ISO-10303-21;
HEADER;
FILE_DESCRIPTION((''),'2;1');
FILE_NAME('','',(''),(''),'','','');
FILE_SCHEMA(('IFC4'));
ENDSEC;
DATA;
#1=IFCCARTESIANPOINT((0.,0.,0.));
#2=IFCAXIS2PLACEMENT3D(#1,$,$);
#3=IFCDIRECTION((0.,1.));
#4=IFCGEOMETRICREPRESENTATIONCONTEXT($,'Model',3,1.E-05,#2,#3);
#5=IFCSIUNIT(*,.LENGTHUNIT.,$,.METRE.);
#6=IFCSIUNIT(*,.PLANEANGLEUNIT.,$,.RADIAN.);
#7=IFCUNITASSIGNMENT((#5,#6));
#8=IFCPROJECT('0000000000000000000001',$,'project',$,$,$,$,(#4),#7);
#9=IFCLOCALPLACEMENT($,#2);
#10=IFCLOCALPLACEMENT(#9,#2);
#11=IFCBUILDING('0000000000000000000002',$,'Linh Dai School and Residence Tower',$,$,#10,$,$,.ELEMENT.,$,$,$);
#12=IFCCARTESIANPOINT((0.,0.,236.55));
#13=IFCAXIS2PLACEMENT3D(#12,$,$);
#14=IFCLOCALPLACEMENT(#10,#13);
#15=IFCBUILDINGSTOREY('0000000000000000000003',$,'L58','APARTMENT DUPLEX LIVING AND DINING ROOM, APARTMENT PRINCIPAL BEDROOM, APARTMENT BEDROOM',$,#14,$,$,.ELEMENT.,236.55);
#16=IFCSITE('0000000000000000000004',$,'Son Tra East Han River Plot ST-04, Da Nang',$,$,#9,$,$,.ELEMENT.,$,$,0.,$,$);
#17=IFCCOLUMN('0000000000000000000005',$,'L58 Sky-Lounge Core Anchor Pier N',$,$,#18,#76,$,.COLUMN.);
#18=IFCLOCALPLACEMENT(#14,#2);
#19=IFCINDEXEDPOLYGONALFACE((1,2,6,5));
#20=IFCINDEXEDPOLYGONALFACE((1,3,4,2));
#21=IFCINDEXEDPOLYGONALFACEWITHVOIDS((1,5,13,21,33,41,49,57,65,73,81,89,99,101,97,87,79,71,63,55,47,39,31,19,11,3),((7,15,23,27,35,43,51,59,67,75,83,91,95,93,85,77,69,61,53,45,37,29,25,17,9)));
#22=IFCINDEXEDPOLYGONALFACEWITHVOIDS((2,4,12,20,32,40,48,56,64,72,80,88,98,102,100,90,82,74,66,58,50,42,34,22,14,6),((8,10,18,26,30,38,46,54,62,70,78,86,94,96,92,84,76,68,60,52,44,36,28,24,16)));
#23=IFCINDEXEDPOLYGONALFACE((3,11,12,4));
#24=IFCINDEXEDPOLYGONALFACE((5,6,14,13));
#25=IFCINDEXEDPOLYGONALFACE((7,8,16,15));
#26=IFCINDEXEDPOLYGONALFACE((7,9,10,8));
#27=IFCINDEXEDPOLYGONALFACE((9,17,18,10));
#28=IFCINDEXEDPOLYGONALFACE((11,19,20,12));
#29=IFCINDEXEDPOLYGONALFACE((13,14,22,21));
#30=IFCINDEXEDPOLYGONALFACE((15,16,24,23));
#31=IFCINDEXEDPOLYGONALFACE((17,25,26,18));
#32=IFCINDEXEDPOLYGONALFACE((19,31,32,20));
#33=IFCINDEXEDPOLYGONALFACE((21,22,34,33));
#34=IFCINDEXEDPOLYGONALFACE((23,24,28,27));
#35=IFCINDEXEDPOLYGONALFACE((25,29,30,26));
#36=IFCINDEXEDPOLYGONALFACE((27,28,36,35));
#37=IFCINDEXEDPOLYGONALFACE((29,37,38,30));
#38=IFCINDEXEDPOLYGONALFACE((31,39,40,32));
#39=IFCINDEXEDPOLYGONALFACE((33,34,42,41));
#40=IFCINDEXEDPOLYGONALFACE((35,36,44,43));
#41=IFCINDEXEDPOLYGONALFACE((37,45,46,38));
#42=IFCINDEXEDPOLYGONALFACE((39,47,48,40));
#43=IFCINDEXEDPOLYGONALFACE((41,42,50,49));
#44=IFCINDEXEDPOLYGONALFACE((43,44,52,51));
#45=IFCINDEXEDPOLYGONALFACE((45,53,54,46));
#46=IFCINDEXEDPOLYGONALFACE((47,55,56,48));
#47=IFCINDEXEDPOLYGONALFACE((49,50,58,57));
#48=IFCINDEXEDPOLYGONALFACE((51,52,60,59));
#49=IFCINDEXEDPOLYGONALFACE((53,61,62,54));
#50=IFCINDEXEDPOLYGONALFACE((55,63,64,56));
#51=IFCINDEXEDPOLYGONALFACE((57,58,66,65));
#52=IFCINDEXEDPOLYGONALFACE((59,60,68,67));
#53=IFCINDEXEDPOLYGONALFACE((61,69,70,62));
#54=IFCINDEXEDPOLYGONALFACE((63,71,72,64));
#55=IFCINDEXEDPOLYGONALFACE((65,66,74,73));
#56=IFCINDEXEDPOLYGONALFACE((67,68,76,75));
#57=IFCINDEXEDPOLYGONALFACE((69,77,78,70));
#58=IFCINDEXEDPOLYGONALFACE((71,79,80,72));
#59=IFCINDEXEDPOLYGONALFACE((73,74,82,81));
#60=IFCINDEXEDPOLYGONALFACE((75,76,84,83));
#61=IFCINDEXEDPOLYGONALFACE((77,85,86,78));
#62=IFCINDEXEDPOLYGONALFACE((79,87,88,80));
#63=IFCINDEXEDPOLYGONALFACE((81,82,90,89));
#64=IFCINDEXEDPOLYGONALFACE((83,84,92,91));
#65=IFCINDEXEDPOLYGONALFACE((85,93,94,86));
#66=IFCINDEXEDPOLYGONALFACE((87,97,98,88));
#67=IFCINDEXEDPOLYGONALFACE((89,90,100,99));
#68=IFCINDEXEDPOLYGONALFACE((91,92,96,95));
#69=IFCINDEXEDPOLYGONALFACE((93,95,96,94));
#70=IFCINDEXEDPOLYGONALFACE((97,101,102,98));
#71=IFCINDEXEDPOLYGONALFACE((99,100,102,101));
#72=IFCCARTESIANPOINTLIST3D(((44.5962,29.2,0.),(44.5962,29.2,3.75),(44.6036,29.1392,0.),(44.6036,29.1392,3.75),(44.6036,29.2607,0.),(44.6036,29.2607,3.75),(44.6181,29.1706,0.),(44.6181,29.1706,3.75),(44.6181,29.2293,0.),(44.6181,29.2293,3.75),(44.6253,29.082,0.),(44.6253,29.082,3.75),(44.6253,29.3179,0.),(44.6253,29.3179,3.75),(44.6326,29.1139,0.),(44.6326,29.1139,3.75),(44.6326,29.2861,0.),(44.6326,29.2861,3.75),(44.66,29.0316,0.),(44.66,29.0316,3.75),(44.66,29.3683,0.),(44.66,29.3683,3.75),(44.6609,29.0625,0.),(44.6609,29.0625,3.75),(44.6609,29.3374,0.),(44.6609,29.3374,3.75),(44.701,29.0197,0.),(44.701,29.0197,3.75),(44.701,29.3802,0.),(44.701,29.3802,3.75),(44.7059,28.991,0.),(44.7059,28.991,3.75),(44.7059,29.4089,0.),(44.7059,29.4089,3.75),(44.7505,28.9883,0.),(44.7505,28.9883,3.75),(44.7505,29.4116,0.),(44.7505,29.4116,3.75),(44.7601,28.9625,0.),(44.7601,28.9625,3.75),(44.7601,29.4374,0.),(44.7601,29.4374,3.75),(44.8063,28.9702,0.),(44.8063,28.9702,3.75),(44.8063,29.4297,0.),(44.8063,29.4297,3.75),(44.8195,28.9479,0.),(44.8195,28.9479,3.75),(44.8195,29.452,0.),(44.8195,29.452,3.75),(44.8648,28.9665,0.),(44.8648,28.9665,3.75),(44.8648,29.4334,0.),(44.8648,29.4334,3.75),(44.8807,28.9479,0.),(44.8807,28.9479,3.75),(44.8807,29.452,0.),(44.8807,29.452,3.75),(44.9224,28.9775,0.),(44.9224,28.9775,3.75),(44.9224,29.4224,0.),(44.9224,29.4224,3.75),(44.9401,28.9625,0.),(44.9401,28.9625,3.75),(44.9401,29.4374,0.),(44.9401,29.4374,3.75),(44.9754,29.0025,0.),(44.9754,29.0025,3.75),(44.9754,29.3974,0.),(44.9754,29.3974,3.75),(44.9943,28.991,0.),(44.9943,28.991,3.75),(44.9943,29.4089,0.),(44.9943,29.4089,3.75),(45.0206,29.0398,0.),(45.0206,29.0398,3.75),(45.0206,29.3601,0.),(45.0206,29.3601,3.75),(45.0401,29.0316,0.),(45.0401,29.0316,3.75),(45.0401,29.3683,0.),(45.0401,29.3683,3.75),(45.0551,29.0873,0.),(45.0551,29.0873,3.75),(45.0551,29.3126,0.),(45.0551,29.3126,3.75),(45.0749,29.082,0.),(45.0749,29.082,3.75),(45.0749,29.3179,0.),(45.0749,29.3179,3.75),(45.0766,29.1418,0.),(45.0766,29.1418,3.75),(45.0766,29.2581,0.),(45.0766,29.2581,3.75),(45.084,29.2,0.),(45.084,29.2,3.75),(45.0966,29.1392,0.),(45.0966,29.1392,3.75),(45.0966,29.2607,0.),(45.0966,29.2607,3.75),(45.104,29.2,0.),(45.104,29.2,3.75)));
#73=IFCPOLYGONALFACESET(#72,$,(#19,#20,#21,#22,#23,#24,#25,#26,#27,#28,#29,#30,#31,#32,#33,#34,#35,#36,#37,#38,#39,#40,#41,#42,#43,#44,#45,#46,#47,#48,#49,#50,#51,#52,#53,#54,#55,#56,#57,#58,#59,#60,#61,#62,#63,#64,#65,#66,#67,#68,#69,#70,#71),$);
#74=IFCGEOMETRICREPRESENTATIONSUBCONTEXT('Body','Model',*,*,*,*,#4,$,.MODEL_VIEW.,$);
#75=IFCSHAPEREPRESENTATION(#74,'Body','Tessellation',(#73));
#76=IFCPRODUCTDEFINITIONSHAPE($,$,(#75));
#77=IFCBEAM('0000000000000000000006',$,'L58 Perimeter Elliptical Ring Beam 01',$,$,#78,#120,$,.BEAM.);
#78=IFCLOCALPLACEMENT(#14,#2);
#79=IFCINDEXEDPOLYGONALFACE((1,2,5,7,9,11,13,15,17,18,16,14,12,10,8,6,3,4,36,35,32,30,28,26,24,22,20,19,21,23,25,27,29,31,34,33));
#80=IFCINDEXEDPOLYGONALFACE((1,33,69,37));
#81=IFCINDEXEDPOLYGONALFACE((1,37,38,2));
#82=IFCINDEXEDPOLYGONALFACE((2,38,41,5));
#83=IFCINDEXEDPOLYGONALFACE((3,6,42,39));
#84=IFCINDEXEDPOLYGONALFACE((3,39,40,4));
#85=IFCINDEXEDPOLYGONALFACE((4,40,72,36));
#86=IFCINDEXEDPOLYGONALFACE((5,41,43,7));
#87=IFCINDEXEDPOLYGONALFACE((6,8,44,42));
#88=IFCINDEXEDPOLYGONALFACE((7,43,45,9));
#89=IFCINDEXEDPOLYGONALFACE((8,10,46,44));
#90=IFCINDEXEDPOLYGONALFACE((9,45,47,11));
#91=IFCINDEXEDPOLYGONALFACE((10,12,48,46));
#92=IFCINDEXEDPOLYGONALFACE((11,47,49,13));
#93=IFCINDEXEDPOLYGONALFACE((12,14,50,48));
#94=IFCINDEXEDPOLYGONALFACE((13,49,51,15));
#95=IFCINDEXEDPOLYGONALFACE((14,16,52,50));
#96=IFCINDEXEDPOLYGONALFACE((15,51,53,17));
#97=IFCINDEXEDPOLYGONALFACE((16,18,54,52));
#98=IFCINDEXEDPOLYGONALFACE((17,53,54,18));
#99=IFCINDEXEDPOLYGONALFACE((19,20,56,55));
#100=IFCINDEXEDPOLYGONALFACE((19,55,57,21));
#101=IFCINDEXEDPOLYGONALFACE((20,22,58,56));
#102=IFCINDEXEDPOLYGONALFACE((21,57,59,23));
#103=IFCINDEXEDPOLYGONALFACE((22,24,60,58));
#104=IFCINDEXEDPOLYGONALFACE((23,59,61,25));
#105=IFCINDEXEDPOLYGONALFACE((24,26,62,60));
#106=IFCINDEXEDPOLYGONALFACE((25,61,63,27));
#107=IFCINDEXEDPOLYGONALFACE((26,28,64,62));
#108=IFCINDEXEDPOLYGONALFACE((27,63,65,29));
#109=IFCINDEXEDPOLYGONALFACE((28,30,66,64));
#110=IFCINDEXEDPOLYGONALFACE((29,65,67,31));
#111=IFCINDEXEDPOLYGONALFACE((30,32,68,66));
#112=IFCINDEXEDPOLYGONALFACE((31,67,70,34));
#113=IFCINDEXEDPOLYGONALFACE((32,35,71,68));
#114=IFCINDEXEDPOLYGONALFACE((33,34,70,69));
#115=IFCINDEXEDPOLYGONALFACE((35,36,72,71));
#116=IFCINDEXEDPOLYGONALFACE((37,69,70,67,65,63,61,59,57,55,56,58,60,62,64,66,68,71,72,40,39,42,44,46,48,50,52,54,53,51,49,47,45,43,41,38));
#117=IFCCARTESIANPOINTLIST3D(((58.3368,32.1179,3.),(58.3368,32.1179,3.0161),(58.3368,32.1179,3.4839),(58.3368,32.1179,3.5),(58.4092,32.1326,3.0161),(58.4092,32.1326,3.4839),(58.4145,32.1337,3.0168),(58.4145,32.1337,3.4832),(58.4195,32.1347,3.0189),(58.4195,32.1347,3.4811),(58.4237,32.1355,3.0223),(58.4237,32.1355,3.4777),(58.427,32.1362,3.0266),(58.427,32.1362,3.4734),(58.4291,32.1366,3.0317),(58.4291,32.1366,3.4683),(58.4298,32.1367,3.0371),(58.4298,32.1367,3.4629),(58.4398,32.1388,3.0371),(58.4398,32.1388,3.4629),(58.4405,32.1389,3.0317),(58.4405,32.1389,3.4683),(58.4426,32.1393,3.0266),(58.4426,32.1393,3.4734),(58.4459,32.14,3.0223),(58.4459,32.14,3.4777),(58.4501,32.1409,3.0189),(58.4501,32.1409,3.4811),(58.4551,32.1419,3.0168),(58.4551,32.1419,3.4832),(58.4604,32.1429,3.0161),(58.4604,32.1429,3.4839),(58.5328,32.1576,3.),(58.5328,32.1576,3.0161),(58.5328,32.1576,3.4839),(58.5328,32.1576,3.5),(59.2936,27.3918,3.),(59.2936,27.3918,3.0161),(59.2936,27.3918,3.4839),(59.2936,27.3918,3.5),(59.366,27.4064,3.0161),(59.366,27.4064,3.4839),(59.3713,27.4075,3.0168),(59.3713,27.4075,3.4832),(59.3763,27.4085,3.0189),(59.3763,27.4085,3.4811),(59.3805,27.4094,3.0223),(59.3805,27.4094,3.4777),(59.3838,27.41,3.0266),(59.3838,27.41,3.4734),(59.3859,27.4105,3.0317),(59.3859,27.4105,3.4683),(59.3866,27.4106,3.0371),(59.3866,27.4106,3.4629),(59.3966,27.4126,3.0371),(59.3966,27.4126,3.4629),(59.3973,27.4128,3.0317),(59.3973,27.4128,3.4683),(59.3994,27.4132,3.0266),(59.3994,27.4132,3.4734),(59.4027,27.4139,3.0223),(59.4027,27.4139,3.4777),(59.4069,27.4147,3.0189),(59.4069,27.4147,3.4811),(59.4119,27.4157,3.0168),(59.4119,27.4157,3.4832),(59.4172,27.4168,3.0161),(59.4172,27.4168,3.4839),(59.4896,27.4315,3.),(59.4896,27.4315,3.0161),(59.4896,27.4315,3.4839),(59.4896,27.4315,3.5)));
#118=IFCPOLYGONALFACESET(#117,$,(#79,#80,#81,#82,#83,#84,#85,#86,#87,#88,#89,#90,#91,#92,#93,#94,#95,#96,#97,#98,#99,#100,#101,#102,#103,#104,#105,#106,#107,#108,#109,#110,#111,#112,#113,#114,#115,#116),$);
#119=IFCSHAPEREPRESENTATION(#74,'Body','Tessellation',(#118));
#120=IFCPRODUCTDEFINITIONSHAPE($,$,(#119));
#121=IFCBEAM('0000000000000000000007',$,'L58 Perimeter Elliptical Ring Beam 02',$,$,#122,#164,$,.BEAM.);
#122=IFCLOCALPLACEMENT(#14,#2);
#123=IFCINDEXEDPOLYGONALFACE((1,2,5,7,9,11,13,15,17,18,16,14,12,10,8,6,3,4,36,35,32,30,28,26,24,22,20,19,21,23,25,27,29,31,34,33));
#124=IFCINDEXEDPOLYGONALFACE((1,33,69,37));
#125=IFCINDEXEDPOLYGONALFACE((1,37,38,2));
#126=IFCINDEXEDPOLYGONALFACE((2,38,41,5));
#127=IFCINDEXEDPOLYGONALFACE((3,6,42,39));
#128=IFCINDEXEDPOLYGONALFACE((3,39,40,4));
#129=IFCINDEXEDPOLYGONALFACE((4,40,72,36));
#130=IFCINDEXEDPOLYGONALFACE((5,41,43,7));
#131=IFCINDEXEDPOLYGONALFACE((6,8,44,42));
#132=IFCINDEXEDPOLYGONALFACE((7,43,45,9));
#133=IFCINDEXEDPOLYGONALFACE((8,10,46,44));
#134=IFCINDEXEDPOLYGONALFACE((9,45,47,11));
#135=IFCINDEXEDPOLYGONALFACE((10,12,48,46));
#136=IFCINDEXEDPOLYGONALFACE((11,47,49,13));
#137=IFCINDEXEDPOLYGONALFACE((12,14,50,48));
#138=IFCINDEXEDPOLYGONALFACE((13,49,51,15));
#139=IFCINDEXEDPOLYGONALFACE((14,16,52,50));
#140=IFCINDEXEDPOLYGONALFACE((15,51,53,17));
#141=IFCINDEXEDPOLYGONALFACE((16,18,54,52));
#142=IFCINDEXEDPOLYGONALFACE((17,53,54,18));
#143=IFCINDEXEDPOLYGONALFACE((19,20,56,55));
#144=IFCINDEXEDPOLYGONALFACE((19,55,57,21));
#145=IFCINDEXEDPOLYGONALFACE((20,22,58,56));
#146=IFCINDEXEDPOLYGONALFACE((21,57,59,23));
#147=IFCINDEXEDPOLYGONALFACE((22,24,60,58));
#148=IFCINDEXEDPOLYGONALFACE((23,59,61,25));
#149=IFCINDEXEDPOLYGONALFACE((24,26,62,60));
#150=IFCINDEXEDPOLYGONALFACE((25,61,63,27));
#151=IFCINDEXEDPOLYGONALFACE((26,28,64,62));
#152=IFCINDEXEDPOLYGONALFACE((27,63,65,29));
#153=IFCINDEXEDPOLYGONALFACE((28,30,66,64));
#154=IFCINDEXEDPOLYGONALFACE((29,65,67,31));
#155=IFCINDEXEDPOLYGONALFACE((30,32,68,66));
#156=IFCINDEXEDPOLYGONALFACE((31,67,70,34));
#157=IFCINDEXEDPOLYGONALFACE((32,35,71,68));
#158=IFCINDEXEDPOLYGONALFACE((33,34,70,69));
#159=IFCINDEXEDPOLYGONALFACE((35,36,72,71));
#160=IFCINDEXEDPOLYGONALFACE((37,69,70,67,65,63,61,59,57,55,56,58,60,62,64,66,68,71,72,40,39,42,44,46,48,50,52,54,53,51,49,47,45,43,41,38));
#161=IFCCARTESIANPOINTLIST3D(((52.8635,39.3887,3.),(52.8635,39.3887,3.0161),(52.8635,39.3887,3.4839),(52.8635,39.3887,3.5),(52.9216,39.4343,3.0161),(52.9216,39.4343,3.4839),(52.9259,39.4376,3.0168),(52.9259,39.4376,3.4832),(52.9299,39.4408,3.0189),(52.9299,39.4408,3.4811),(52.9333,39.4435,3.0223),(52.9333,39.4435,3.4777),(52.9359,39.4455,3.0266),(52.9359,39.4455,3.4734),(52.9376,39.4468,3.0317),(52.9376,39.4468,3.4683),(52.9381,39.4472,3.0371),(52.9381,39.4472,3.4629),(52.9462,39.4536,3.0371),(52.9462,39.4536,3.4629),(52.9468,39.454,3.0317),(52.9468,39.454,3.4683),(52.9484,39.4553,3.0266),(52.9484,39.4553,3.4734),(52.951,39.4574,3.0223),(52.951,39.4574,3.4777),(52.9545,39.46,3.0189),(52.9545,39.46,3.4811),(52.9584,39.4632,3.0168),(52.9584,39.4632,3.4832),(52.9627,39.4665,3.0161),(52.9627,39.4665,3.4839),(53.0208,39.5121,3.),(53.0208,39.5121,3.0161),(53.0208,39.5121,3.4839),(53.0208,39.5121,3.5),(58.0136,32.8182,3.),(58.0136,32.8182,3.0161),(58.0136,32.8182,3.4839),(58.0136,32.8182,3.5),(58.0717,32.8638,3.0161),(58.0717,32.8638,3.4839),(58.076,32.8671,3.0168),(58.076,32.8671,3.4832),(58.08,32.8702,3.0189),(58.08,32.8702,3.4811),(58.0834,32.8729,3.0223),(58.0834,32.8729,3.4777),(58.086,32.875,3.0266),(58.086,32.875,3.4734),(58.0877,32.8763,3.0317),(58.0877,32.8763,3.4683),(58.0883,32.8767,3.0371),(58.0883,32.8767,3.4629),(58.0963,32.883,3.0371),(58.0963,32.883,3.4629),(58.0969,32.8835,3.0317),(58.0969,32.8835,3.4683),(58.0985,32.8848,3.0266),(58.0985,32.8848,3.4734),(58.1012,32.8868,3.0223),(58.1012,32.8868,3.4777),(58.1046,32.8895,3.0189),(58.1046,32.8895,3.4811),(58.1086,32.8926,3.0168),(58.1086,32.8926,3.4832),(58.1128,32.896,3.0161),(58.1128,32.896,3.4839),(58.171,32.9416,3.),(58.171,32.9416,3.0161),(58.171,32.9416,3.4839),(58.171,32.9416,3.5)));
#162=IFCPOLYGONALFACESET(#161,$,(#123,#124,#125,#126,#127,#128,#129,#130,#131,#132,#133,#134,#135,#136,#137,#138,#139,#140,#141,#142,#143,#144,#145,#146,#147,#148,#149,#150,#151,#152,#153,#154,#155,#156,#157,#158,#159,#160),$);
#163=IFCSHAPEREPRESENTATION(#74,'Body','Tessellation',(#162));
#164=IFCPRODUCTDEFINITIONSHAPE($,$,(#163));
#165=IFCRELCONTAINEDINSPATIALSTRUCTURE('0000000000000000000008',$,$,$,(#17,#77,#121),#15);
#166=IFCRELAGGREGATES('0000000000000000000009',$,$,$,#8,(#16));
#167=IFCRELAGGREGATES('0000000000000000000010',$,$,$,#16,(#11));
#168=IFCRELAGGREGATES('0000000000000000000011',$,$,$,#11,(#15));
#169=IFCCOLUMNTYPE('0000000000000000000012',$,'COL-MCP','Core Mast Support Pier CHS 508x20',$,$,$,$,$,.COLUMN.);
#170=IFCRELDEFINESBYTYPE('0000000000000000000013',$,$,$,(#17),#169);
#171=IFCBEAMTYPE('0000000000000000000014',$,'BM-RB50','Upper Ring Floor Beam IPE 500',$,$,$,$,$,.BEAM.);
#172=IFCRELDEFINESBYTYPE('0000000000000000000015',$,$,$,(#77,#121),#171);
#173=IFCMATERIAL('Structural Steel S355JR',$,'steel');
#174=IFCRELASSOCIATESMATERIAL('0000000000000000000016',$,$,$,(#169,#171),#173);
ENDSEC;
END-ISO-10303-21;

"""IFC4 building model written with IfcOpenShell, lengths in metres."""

from ifc_helpers import new_model, si_unit, direction, frame, origin, origin_2d, place, context, subcontext, project, spatial, hollow_circle, i_section, extrude, material, material_profile, profile_set, type_object, element, save


model = new_model("IFC4")

# Units and contexts
model_context = context("Model", 3, precision=1e-05, world=origin(), true_north=direction((0.0, 1.0)))
body_context = subcontext(model_context, "Body", "Model", "MODEL_VIEW")
ifc_project = project(units=[si_unit("LENGTHUNIT", "METRE"), si_unit("PLANEANGLEUNIT", "RADIAN")], contexts=[model_context])

# Site, building, storey
site_placement = place(None, origin())
site = spatial("IfcSite", under=ifc_project, at=site_placement, Name="Son Tra East Han River Plot ST-04, Da Nang", CompositionType="ELEMENT", RefElevation=0.0)
building_placement = place(site_placement, origin())
building = spatial("IfcBuilding", under=site, at=building_placement, Name="Linh Dai School and Residence Tower", CompositionType="ELEMENT")
storey_placement = place(building_placement, frame((0.0, 0.0, 236.55)))
storey = spatial("IfcBuildingStorey", under=building, at=storey_placement, Name="L58", Description="APARTMENT DUPLEX LIVING AND DINING ROOM, APARTMENT PRINCIPAL BEDROOM, APARTMENT BEDROOM", CompositionType="ELEMENT", Elevation=236.55)

# Column
ifc_material_1 = material(Name="Structural Steel S355JR", Category="steel")
ifc_material_profile_1 = material_profile(ifc_material_1, hollow_circle(Radius=0.2539, WallThickness=0.02, at=origin_2d()), Name="CHS 508x20")
ifc_profile_set_1 = profile_set([ifc_material_profile_1], Name="Structural Steel S355JR")
column_type_1 = type_object("IfcColumnType", Name="COL-MCP", Description="Core Mast Support Pier CHS 508x20", PredefinedType="COLUMN", material=ifc_profile_set_1)
column_1_placement = place(storey_placement, frame((44.8501, 29.2, 0.0), z_axis=(0.0, 0.0, 1.0), x_axis=(1.0, 0.0, 0.0)))
element("IfcColumn", 1, at=column_1_placement, inside=storey, type_object=column_type_1, Name="L58 Sky-Lounge Core Anchor Pier N", PredefinedType="COLUMN", context=body_context, shape_type="SweptSolid", body=[
    extrude(hollow_circle(Radius=0.2539, WallThickness=0.02, at=origin_2d()), origin(), (0.0, 0.0, 1.0), 3.75),
])

# Beams
ifc_material_profile_2 = material_profile(ifc_material_1, i_section(OverallWidth=0.2, OverallDepth=0.5, WebThickness=0.0103, FlangeThickness=0.0161, FilletRadius=0.021, at=origin_2d()), Name="IPE 500")
ifc_profile_set_2 = profile_set([ifc_material_profile_2], Name="Structural Steel S355JR")
beam_type_1 = type_object("IfcBeamType", Name="BM-RB50", Description="Upper Ring Floor Beam IPE 500", PredefinedType="BEAM", material=ifc_profile_set_2)
beam_1_placement = place(storey_placement, frame((59.3916, 27.4116, 3.25), z_axis=(-0.198423, 0.980116, 0.0), x_axis=(-0.980116, -0.198423, 0.0)))
element("IfcBeam", 2, at=beam_1_placement, inside=storey, type_object=beam_type_1, Name="L58 Perimeter Elliptical Ring Beam 01", PredefinedType="BEAM", context=body_context, shape_type="SweptSolid", body=[
    extrude(i_section(OverallWidth=0.2, OverallDepth=0.5, WebThickness=0.0103, FlangeThickness=0.0161, FilletRadius=0.021, at=origin_2d()), origin(), (0.0, 0.0, 1.0), 4.822),
])
beam_2_placement = place(storey_placement, frame((58.0923, 32.8799, 3.25), z_axis=(-0.6169, 0.787041, 0.0), x_axis=(-0.787041, -0.6169, 0.0)))
element("IfcBeam", 3, at=beam_2_placement, inside=storey, type_object=beam_type_1, Name="L58 Perimeter Elliptical Ring Beam 02", PredefinedType="BEAM", context=body_context, shape_type="SweptSolid", body=[
    extrude(i_section(OverallWidth=0.2, OverallDepth=0.5, WebThickness=0.0103, FlangeThickness=0.0161, FilletRadius=0.021, at=origin_2d()), origin(), (0.0, 0.0, 1.0), 8.3484),
])

save(model, "model.ifc")
